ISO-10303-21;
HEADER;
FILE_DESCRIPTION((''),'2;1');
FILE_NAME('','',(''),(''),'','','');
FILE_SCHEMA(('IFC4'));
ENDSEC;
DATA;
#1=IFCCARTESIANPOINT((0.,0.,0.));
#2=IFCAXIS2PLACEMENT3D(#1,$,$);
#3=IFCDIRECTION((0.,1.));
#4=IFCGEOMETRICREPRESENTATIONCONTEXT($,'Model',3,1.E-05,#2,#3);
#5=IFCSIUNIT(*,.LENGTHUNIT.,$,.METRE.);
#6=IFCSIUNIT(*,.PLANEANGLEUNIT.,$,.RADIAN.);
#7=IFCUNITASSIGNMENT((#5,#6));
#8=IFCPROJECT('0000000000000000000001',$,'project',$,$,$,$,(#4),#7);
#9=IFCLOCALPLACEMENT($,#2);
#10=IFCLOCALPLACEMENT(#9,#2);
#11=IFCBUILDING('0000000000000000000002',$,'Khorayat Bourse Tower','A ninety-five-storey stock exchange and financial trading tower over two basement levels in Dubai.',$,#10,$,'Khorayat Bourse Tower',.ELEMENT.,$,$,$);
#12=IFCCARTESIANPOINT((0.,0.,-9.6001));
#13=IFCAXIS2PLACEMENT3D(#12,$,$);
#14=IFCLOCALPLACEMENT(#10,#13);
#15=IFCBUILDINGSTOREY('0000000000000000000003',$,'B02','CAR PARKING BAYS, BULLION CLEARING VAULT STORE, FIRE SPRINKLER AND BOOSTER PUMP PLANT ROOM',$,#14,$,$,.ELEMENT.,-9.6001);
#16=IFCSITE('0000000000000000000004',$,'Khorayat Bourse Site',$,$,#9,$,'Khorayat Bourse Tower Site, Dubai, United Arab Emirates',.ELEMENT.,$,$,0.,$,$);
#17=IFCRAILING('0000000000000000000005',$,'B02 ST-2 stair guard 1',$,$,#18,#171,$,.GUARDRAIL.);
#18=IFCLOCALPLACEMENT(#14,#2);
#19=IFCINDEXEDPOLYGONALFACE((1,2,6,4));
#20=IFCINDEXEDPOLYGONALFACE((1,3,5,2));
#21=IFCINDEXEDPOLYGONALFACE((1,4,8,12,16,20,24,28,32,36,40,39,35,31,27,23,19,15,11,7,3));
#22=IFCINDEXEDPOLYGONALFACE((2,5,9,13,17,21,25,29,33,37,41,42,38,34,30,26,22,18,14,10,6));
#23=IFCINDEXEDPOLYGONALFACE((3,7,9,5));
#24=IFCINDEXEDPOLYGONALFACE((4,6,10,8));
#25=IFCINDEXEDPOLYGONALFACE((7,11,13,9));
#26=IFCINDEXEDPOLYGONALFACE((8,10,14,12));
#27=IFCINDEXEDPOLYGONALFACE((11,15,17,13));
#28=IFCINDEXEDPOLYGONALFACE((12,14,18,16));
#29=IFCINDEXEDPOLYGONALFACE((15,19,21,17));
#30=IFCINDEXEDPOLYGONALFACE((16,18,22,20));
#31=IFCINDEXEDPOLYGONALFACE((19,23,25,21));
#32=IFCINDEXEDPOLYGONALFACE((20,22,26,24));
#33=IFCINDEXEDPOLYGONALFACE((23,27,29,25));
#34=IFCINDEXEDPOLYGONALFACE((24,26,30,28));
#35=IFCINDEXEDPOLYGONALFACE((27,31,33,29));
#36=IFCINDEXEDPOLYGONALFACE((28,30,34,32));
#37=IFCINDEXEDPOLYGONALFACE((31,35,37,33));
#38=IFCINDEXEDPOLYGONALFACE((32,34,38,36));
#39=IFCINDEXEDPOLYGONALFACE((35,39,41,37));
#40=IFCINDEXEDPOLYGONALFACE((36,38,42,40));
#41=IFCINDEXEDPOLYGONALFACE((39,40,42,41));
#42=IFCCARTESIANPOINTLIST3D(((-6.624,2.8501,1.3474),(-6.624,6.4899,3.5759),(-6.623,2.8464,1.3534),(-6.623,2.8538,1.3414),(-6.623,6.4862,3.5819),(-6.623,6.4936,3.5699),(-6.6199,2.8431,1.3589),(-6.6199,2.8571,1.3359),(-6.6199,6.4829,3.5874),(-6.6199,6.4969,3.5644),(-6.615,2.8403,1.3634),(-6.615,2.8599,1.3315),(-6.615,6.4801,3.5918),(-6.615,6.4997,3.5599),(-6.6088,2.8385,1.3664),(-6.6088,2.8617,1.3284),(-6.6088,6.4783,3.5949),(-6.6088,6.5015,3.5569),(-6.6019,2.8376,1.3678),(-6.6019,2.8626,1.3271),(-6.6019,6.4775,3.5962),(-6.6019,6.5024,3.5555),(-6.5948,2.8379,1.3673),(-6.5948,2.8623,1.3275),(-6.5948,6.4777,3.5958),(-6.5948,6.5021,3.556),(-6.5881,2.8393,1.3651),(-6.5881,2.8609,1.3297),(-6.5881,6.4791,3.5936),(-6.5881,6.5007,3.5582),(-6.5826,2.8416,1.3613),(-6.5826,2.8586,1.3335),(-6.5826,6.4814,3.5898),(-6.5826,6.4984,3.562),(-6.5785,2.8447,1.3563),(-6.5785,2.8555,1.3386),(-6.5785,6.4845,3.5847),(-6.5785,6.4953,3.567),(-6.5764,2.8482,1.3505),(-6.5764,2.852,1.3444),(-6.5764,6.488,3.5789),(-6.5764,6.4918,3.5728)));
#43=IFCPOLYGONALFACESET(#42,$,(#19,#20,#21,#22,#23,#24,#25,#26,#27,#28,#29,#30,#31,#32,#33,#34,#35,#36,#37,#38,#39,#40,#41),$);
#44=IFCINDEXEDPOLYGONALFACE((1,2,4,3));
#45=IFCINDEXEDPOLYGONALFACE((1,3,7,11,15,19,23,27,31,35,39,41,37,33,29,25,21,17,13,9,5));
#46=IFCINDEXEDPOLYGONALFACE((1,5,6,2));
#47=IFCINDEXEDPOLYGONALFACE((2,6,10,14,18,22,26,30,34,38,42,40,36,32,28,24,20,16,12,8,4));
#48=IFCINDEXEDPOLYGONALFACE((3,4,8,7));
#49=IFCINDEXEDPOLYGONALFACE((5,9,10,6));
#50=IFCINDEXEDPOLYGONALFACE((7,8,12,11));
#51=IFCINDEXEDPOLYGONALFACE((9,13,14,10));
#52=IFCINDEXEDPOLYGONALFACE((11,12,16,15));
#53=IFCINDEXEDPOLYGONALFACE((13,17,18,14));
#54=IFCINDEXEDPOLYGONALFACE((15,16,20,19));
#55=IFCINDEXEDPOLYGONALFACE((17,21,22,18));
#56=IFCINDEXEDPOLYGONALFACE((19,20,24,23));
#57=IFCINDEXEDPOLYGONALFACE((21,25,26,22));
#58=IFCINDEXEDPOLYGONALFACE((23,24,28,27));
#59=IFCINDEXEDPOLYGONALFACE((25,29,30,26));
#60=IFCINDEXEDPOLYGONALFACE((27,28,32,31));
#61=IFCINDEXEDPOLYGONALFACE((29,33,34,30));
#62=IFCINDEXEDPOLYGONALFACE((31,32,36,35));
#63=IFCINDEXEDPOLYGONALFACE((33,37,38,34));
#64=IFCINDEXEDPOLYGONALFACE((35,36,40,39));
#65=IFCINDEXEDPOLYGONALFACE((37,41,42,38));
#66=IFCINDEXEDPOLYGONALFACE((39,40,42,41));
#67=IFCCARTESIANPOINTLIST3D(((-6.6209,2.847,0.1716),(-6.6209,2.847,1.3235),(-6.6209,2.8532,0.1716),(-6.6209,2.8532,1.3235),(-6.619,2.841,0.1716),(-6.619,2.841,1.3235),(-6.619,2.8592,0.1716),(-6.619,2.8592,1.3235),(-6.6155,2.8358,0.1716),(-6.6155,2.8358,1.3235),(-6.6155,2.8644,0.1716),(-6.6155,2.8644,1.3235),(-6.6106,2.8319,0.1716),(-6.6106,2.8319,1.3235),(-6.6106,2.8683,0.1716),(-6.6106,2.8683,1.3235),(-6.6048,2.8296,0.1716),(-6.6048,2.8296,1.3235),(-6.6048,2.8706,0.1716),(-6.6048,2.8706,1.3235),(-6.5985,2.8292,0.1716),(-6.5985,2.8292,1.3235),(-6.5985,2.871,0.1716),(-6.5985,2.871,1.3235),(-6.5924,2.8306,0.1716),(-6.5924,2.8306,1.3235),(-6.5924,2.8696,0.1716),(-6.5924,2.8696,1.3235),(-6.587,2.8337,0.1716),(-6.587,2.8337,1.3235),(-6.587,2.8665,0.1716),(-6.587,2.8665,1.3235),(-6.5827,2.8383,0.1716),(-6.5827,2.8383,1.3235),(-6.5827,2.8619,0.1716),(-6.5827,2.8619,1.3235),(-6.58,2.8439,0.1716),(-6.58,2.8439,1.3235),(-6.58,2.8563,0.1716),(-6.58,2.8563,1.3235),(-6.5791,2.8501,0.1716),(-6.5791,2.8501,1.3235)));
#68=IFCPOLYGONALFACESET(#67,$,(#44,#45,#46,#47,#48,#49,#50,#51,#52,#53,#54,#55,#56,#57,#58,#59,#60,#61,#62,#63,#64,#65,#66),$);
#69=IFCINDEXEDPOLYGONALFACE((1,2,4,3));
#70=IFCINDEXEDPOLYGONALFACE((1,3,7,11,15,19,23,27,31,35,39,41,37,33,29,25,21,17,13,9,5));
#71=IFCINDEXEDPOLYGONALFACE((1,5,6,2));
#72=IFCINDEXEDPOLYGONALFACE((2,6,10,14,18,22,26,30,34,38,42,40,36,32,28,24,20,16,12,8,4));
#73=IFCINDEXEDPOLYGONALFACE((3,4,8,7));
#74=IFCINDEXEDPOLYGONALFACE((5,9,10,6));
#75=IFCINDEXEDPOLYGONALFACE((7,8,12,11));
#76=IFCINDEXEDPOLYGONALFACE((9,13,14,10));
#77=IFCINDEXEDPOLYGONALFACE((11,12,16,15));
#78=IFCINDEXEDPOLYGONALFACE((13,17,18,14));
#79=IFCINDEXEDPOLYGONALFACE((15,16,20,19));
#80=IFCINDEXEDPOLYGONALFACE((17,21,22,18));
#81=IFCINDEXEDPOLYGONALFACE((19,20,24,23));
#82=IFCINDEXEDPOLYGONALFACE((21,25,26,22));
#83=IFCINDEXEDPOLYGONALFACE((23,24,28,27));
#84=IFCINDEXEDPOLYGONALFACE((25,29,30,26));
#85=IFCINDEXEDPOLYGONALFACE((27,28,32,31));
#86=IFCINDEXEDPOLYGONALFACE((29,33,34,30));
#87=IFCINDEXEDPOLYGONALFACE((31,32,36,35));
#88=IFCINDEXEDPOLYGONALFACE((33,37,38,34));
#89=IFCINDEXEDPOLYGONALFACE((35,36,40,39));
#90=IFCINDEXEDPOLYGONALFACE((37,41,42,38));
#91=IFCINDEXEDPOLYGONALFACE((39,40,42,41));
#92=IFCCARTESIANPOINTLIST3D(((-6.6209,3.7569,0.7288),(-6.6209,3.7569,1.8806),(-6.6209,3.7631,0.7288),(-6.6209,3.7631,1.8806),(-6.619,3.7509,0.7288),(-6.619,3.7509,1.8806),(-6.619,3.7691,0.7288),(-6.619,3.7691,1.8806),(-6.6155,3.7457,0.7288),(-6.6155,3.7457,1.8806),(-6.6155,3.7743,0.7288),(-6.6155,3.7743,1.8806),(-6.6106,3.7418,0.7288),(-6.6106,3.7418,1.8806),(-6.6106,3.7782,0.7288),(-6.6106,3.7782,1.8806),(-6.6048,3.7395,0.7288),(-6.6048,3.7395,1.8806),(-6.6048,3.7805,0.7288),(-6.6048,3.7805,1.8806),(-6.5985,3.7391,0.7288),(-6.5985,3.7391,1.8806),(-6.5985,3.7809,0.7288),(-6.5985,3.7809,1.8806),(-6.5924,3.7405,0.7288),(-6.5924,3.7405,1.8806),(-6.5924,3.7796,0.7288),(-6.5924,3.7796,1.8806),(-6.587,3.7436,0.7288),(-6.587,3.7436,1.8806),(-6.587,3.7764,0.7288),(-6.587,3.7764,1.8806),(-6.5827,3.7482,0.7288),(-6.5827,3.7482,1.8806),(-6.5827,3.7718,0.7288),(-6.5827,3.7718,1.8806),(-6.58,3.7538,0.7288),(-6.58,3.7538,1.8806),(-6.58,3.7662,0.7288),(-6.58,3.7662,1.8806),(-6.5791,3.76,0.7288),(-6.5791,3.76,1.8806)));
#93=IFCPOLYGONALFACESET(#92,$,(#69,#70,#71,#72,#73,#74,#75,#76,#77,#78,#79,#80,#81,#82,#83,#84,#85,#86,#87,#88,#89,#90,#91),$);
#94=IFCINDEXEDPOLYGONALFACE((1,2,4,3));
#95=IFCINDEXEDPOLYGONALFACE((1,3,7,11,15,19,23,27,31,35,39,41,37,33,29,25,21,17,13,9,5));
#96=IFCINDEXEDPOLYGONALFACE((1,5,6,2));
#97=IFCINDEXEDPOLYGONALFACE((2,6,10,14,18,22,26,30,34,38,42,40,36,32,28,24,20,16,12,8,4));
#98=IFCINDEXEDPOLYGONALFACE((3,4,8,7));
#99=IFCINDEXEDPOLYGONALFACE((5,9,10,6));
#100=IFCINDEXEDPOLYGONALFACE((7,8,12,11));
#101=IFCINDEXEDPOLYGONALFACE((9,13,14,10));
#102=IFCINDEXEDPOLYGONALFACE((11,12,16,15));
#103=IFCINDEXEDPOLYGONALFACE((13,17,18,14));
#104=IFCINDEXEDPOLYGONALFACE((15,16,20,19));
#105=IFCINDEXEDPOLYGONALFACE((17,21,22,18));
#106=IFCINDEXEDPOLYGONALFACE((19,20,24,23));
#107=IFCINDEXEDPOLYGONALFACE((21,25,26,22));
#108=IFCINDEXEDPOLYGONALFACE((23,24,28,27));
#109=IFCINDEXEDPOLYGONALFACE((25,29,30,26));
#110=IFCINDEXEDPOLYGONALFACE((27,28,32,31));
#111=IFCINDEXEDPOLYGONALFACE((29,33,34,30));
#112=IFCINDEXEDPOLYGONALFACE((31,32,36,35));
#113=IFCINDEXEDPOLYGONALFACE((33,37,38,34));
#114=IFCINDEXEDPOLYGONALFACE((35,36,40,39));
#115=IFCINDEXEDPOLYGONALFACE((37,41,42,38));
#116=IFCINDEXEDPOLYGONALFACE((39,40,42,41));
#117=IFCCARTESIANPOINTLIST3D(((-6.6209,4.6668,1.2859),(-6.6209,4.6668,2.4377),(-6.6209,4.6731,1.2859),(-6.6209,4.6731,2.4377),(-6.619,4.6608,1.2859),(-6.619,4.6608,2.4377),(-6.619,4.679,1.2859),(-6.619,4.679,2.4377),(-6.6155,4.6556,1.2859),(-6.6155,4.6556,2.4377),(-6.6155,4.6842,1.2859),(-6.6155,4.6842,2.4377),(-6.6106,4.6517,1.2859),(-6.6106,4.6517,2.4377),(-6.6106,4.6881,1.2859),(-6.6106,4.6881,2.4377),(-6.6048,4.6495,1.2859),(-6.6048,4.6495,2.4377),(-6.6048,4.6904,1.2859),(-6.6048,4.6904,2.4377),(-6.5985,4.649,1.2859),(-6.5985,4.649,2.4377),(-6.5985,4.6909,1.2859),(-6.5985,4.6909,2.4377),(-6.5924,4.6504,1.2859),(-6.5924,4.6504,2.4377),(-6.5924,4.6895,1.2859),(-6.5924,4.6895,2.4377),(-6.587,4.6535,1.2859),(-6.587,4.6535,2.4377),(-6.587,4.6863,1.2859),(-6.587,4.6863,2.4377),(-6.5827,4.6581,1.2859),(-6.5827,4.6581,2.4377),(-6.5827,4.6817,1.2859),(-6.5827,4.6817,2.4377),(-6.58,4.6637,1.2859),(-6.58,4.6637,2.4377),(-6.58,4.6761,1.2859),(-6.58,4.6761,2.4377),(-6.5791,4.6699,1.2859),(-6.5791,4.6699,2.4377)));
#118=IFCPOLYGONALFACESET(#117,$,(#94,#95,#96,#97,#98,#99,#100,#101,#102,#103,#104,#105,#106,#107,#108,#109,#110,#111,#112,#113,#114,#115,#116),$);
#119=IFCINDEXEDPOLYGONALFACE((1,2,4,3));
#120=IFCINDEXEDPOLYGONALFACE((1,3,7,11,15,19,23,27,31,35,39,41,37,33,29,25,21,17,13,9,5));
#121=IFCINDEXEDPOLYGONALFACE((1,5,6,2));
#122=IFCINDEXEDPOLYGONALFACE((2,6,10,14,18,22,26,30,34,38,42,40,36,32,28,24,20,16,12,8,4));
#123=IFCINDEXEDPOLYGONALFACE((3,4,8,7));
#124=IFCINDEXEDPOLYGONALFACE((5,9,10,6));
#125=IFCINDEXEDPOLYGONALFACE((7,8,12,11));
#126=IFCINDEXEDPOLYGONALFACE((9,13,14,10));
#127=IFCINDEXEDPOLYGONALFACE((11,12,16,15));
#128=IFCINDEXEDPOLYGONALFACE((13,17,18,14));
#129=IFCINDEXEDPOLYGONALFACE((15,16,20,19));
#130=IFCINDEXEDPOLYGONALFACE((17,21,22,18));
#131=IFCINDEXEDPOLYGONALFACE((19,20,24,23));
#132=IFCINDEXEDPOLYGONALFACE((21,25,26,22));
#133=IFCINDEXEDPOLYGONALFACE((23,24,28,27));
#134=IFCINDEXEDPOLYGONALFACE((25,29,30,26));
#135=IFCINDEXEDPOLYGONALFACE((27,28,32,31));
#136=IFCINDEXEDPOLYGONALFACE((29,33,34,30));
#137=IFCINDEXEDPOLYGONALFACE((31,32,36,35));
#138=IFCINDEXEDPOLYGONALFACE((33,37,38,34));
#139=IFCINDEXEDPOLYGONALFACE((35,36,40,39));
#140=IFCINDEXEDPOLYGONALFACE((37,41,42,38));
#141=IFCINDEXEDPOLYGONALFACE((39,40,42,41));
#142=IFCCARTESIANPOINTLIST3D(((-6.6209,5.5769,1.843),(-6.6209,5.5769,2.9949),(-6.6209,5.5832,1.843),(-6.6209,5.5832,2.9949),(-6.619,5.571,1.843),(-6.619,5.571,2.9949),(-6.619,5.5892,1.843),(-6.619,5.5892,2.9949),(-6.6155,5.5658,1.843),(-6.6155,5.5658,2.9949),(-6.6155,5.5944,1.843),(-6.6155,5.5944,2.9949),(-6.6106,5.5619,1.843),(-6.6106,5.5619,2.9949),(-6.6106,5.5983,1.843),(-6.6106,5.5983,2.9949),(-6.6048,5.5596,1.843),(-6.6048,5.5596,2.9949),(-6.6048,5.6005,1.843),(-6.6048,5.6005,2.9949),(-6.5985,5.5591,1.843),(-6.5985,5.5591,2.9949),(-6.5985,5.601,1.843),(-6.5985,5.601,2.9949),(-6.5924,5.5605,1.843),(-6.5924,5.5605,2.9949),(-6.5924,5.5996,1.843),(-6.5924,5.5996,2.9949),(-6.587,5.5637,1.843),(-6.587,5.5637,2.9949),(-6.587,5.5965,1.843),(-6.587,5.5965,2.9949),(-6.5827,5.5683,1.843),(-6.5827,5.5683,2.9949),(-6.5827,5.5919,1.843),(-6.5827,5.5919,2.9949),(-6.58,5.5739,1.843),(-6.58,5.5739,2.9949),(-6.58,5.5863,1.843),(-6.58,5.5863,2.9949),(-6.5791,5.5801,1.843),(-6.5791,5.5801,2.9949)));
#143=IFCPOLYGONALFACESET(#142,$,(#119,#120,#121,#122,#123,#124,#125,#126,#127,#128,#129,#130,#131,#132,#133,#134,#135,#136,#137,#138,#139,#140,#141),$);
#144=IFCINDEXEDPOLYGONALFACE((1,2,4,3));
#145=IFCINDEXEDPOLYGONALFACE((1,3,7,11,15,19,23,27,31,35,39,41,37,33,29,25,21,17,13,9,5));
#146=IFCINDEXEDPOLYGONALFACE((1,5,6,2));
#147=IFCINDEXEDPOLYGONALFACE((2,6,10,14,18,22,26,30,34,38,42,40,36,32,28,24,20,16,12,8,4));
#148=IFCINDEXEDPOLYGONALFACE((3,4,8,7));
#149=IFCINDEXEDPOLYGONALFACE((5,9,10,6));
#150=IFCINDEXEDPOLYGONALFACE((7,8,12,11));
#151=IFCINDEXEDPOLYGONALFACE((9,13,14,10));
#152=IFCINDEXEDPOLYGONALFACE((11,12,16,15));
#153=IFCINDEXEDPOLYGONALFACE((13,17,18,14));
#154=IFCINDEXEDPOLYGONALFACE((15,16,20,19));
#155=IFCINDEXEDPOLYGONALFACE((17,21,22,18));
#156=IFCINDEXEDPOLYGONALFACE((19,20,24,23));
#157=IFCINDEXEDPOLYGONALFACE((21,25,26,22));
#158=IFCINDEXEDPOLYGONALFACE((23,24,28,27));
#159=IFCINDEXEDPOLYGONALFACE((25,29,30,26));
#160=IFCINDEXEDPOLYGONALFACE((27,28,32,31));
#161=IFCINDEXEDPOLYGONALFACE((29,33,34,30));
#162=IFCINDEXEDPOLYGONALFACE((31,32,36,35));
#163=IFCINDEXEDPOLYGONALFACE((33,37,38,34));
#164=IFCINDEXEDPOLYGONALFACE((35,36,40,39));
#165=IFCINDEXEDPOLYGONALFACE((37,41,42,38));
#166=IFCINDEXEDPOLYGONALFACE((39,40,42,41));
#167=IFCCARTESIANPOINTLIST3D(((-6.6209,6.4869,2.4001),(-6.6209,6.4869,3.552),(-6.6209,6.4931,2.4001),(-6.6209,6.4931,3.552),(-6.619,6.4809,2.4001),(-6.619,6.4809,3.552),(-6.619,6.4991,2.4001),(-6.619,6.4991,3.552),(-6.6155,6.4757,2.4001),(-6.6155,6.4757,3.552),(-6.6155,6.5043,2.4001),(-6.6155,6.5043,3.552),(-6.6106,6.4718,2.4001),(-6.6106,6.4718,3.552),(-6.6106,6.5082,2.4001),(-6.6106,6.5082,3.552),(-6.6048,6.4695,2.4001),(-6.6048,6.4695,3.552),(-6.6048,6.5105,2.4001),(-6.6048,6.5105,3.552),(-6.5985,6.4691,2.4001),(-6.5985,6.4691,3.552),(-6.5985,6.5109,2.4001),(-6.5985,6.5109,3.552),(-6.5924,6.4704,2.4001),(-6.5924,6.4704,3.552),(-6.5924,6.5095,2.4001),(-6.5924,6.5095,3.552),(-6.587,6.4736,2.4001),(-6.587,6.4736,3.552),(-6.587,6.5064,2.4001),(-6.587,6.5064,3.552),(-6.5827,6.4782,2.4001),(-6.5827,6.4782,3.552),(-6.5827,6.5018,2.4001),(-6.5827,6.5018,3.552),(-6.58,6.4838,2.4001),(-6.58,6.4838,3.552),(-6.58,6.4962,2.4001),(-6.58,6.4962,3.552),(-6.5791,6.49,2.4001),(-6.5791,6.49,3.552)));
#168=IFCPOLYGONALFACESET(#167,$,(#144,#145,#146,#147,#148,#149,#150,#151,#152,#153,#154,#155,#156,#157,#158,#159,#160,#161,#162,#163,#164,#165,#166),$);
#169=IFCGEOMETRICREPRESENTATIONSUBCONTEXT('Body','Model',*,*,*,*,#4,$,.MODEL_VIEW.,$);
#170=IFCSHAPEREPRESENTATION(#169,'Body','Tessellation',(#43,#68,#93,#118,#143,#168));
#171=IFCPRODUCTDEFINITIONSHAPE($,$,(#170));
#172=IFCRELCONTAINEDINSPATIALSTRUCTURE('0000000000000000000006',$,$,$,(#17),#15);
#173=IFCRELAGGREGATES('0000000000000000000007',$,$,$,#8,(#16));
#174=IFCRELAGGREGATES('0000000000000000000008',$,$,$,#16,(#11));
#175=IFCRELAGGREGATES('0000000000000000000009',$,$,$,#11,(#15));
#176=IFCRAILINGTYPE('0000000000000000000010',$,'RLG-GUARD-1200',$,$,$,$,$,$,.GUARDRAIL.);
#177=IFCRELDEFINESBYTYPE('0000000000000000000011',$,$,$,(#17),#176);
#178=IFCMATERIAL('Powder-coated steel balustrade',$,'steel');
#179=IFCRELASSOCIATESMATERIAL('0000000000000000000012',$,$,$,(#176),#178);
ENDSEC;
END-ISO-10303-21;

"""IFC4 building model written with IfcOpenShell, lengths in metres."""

from ifc_helpers import new_model, si_unit, direction, frame, origin, origin_2d, place, context, subcontext, project, spatial, circle, extrude, source, transform, mapped, material, type_object, element, save


model = new_model("IFC4")

# Units and contexts
model_context = context("Model", 3, precision=1e-05, world=origin(), true_north=direction((0.0, 1.0)))
body_context = subcontext(model_context, "Body", "Model", "MODEL_VIEW")
ifc_project = project(units=[si_unit("LENGTHUNIT", "METRE"), si_unit("PLANEANGLEUNIT", "RADIAN")], contexts=[model_context])

# Site, building, storey
site_placement = place(None, origin())
site = spatial("IfcSite", under=ifc_project, at=site_placement, Name="Khorayat Bourse Site", LongName="Khorayat Bourse Tower Site, Dubai, United Arab Emirates", CompositionType="ELEMENT", RefElevation=0.0)
building_placement = place(site_placement, origin())
building = spatial("IfcBuilding", under=site, at=building_placement, Name="Khorayat Bourse Tower", Description="A ninety-five-storey stock exchange and financial trading tower over two basement levels in Dubai.", LongName="Khorayat Bourse Tower", CompositionType="ELEMENT")
storey_placement = place(building_placement, frame((0.0, 0.0, -9.6001)))
storey = spatial("IfcBuildingStorey", under=building, at=storey_placement, Name="B02", Description="CAR PARKING BAYS, BULLION CLEARING VAULT STORE, FIRE SPRINKLER AND BOOSTER PUMP PLANT ROOM", CompositionType="ELEMENT", Elevation=-9.6001)

# Railing
ifc_material_1 = material(Name="Powder-coated steel balustrade", Category="steel")
railing_type_1 = type_object("IfcRailingType", Name="RLG-GUARD-1200", PredefinedType="GUARDRAIL", material=ifc_material_1)
shared_shape_1 = source(origin(), body_context, "Body", "SweptSolid", [
    extrude(circle(Radius=0.0239, at=origin_2d()), frame((0.0, 0.0, 1.1758), z_axis=(0.0, 0.85285, 0.522156), x_axis=(-1.0, 0.0, 0.0)), (0.0, 0.0, 1.0), 4.2678),
    extrude(circle(Radius=0.021, at=origin_2d()), origin(), (0.0, 0.0, 1.0), 1.1519),
    extrude(circle(Radius=0.021, at=origin_2d()), frame((0.0, 0.9099, 0.5571)), (0.0, 0.0, 1.0), 1.1519),
    extrude(circle(Radius=0.021, at=origin_2d()), frame((0.0, 1.8198, 1.1143)), (0.0, 0.0, 1.0), 1.1519),
    extrude(circle(Radius=0.021, at=origin_2d()), frame((0.0, 2.73, 1.6714)), (0.0, 0.0, 1.0), 1.1519),
    extrude(circle(Radius=0.021, at=origin_2d()), frame((0.0, 3.6399, 2.2285)), (0.0, 0.0, 1.0), 1.1519),
])
railing_1_placement = place(storey_placement, frame((-6.6001, 2.8501, 0.1716)))
element("IfcRailing", 1, at=railing_1_placement, inside=storey, type_object=railing_type_1, Name="B02 ST-2 stair guard 1", PredefinedType="GUARDRAIL", context=body_context, shape_type="MappedRepresentation", body=[
    mapped(shared_shape_1, transform((0.0, 0.0, 0.0), scale=1.0)),
])

save(model, "model.ifc")
